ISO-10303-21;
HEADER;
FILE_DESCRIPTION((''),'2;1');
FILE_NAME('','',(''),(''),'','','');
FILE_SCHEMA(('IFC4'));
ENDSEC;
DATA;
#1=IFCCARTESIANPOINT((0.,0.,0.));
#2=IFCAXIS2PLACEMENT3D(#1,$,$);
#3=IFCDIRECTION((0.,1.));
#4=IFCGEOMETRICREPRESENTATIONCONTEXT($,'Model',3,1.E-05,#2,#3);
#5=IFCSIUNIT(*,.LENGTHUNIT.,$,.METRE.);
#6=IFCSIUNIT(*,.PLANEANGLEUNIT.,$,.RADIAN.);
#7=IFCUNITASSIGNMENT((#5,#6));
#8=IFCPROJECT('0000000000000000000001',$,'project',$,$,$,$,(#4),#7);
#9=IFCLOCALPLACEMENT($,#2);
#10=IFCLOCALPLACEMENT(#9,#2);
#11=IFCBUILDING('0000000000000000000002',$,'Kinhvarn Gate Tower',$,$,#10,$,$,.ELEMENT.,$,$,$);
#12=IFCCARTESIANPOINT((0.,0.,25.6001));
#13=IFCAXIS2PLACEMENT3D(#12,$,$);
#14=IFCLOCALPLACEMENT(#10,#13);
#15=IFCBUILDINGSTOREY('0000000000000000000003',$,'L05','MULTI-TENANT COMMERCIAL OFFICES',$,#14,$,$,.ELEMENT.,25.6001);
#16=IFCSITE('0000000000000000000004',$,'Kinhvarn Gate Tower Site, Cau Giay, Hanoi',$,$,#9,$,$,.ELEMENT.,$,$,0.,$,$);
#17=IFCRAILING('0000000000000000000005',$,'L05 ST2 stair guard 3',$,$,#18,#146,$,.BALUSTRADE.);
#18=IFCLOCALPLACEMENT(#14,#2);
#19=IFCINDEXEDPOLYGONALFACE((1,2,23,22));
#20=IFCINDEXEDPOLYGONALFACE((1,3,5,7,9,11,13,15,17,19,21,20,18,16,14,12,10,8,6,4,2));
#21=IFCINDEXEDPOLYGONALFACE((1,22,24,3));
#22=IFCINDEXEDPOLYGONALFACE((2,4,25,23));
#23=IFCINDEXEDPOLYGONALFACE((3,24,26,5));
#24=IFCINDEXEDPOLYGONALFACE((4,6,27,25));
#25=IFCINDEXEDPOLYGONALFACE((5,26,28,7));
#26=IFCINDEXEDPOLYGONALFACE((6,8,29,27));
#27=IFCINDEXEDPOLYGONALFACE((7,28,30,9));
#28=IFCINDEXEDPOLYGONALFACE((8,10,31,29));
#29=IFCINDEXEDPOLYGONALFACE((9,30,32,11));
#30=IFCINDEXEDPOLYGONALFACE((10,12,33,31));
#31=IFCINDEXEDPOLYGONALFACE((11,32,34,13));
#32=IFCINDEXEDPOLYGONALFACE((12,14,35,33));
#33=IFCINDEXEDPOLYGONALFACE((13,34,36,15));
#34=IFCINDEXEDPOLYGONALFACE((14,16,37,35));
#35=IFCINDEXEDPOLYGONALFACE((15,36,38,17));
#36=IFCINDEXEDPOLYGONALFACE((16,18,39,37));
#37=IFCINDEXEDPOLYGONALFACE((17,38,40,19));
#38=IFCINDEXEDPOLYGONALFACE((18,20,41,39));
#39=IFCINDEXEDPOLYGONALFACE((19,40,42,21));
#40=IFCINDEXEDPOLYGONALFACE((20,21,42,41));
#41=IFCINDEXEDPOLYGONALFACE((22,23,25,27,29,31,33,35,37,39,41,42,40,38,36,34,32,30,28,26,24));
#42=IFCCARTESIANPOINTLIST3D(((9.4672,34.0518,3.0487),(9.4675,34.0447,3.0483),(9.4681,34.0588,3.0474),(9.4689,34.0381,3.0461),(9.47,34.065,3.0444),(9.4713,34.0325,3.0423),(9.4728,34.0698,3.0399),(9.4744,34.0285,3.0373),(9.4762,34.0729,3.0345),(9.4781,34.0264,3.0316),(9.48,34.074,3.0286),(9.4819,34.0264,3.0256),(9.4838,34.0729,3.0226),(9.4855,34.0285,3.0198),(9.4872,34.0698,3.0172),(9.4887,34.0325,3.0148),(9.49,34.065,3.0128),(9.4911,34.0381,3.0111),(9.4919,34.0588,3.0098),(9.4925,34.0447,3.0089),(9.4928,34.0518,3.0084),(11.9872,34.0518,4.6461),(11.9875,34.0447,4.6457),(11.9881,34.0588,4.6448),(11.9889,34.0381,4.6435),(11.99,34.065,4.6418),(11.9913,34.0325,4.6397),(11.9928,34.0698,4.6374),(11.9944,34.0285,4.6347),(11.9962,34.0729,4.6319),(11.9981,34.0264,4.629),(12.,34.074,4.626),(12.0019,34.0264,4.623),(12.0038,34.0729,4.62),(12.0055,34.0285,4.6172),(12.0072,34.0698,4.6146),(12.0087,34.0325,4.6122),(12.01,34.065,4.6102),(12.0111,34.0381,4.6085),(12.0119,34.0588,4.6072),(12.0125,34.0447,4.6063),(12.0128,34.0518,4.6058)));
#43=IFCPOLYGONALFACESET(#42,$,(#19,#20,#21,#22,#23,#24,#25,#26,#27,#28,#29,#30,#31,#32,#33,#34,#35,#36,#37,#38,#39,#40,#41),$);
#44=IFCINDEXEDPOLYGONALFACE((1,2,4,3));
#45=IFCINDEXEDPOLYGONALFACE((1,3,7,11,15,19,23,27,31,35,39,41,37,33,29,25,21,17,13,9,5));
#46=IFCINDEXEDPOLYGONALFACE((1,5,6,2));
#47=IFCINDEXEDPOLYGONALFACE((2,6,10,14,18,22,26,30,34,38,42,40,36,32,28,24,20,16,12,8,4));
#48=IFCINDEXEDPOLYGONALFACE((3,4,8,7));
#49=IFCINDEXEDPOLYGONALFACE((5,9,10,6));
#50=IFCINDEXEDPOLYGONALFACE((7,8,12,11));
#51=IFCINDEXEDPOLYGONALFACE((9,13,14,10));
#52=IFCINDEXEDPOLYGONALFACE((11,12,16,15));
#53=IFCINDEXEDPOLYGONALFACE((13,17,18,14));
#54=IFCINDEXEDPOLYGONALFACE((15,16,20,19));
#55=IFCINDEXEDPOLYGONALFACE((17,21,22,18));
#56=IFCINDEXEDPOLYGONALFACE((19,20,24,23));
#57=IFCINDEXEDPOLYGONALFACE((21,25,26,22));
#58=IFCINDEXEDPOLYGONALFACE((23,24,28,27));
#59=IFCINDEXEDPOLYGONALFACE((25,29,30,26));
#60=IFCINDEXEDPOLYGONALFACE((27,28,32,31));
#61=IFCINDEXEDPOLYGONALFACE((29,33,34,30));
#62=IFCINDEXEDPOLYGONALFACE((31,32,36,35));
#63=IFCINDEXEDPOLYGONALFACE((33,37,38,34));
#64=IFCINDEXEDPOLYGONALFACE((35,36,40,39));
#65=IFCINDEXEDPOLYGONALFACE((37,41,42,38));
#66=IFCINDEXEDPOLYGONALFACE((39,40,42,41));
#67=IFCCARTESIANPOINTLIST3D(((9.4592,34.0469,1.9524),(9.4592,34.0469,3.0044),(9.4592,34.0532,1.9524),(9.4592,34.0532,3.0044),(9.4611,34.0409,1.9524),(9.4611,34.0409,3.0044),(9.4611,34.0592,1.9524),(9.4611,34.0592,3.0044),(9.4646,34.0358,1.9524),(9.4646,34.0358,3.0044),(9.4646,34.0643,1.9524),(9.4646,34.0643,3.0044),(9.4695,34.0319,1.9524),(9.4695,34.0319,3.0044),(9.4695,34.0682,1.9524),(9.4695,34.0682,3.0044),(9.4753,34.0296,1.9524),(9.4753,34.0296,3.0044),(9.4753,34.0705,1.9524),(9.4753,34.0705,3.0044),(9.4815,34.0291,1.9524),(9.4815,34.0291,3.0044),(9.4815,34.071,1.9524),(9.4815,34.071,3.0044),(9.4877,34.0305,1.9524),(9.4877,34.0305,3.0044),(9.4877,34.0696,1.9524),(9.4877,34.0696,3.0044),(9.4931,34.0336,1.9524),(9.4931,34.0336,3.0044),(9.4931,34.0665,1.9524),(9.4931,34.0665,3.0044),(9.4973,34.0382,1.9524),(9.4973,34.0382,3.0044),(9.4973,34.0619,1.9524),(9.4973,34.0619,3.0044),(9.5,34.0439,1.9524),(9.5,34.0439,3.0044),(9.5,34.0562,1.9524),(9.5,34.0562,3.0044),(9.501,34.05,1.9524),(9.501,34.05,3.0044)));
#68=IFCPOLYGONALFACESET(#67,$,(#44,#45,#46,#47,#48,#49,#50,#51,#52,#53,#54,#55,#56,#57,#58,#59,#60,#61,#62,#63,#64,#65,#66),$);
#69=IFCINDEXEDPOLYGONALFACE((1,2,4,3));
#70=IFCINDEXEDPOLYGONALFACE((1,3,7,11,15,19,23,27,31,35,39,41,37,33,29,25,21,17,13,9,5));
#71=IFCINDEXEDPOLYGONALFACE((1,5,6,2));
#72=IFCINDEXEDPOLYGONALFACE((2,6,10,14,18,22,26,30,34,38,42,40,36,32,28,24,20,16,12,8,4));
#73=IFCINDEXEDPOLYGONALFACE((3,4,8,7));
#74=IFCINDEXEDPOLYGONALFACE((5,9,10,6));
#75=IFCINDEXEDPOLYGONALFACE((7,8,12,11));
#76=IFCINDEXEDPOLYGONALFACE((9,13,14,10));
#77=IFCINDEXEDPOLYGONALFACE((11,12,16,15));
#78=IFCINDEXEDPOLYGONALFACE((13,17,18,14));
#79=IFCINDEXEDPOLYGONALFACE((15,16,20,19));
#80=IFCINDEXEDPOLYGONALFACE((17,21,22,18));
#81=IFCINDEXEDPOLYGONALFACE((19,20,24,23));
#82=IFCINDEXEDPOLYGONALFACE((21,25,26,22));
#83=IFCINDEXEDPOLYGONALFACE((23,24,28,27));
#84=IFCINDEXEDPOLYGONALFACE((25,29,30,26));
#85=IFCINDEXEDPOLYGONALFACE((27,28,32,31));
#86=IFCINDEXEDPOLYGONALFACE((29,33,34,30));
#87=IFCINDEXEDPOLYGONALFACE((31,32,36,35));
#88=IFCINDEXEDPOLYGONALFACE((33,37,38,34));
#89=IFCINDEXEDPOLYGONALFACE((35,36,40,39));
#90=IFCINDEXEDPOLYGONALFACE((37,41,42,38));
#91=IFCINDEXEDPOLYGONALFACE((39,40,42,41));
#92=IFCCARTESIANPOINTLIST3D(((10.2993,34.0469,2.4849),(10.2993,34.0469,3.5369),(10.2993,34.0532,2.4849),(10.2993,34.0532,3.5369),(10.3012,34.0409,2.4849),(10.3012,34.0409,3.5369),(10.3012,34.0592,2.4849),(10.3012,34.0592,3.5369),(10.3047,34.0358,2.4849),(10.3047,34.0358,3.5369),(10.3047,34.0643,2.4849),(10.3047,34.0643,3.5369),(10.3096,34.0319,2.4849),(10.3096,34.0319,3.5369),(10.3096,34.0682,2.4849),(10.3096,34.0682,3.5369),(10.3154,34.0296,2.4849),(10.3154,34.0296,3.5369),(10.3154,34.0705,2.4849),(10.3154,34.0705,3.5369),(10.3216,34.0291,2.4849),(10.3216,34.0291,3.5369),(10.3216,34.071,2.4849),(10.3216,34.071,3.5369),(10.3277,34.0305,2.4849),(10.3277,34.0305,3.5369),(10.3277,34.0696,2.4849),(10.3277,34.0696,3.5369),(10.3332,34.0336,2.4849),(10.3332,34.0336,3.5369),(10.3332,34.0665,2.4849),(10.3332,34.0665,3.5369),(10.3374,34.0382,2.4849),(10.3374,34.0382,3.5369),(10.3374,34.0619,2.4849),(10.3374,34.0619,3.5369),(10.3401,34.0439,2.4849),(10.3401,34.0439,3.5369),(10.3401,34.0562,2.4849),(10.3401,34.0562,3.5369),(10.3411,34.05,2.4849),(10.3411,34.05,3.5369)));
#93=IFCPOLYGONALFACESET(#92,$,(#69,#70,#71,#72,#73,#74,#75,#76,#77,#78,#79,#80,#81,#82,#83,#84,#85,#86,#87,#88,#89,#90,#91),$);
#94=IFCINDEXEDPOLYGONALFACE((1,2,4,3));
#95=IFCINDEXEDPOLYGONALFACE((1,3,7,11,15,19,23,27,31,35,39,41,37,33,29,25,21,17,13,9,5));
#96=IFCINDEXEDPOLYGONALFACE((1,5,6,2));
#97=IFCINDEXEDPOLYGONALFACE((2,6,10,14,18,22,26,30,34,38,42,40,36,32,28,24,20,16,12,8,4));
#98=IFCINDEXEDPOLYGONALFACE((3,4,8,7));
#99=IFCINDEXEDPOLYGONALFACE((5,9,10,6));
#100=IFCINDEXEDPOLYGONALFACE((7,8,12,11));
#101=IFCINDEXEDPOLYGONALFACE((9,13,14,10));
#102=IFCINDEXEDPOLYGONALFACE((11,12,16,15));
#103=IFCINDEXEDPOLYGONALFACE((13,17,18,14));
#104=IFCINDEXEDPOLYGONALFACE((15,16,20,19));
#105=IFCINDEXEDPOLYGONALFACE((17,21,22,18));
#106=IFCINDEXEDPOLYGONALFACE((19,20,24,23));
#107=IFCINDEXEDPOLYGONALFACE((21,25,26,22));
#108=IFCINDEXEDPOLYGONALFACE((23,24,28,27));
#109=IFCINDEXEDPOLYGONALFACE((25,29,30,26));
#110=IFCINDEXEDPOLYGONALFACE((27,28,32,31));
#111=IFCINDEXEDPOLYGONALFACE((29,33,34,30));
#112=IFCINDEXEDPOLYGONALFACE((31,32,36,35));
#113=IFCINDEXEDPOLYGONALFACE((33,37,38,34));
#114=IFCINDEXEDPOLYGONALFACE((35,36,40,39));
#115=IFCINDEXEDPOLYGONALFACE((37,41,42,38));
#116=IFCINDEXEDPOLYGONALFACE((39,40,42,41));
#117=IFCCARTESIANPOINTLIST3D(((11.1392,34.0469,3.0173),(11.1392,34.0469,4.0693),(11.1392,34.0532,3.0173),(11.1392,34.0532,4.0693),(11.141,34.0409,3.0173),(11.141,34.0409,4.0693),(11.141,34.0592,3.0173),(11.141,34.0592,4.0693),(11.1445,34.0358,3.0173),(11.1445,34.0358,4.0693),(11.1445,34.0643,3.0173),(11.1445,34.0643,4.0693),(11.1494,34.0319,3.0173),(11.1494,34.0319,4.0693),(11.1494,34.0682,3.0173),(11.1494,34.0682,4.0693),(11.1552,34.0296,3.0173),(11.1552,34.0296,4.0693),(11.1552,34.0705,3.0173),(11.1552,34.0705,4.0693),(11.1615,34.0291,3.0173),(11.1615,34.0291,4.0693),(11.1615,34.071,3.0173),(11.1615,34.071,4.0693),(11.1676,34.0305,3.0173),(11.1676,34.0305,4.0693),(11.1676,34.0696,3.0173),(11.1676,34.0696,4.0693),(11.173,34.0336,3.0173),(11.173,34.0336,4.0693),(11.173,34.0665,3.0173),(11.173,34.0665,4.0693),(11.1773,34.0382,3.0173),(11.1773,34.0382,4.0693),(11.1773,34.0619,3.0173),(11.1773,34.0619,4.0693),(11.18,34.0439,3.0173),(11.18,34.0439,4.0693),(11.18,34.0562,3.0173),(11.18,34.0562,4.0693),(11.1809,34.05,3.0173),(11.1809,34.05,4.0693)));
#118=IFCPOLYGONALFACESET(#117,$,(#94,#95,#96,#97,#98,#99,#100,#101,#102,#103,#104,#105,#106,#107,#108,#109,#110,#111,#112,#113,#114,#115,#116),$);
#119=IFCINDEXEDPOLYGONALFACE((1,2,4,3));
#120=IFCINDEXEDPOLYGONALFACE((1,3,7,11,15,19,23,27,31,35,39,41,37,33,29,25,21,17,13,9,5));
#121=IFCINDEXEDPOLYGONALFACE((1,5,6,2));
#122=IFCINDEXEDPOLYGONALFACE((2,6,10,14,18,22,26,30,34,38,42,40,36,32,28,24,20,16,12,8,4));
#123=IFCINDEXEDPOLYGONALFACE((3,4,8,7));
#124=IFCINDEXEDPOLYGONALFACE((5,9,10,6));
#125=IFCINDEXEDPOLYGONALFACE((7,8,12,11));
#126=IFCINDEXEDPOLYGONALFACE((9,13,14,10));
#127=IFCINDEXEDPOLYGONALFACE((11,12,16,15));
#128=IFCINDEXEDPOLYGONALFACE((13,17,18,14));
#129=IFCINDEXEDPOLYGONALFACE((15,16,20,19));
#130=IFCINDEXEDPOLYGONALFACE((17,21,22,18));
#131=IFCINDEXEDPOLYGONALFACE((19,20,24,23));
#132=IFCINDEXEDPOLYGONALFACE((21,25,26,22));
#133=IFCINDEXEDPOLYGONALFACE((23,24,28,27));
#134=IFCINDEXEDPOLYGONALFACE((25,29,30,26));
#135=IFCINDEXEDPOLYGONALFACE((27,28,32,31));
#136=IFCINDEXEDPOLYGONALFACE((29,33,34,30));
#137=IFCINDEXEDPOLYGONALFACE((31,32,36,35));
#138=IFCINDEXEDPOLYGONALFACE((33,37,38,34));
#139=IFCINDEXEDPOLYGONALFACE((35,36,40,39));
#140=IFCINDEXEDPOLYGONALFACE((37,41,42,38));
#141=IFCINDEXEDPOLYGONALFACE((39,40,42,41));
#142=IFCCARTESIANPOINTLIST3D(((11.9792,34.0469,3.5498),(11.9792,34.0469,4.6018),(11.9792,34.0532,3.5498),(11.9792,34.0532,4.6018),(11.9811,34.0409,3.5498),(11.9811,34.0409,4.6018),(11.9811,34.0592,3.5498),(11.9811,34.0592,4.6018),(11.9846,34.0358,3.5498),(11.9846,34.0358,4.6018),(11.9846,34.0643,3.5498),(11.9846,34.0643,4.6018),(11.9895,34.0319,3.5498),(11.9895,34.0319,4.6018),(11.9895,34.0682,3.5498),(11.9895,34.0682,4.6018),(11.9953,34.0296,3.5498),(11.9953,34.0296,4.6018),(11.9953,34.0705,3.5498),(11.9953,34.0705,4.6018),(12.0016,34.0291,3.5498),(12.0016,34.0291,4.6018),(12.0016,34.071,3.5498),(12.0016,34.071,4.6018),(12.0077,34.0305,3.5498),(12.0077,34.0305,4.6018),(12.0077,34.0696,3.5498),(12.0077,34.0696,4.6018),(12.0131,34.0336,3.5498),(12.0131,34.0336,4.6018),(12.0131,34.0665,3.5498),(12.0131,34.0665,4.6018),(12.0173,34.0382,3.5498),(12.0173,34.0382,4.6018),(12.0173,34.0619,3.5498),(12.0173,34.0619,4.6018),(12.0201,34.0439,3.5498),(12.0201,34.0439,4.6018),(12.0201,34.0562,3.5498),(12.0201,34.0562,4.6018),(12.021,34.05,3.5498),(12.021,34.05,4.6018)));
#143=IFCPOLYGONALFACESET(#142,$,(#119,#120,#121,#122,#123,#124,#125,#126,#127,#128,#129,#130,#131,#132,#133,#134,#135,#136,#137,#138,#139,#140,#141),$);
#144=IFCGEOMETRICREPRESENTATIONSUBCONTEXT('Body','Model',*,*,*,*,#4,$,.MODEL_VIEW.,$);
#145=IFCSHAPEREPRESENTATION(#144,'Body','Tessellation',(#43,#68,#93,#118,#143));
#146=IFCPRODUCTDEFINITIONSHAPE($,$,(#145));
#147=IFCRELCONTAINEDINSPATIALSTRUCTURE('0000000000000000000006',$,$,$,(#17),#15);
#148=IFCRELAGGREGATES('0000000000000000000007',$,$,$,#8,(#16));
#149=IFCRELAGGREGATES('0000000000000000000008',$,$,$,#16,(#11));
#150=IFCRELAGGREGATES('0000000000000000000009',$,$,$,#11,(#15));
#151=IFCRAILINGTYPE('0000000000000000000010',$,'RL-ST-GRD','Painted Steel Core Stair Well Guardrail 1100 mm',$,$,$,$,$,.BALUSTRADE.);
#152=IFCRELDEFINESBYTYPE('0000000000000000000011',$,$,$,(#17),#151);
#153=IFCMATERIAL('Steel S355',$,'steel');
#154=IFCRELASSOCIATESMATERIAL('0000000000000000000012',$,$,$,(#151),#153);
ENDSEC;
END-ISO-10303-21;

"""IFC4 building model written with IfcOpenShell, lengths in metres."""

from ifc_helpers import new_model, si_unit, direction, frame, origin, origin_2d, place, context, subcontext, project, spatial, circle, extrude, material, type_object, element, save


model = new_model("IFC4")

# Units and contexts
model_context = context("Model", 3, precision=1e-05, world=origin(), true_north=direction((0.0, 1.0)))
body_context = subcontext(model_context, "Body", "Model", "MODEL_VIEW")
ifc_project = project(units=[si_unit("LENGTHUNIT", "METRE"), si_unit("PLANEANGLEUNIT", "RADIAN")], contexts=[model_context])

# Site, building, storey
site_placement = place(None, origin())
site = spatial("IfcSite", under=ifc_project, at=site_placement, Name="Kinhvarn Gate Tower Site, Cau Giay, Hanoi", CompositionType="ELEMENT", RefElevation=0.0)
building_placement = place(site_placement, origin())
building = spatial("IfcBuilding", under=site, at=building_placement, Name="Kinhvarn Gate Tower", CompositionType="ELEMENT")
storey_placement = place(building_placement, frame((0.0, 0.0, 25.6001)))
storey = spatial("IfcBuildingStorey", under=building, at=storey_placement, Name="L05", Description="MULTI-TENANT COMMERCIAL OFFICES", CompositionType="ELEMENT", Elevation=25.6001)

# Shared definitions
ifc_material_1 = material(Name="Steel S355", Category="steel")

# Railing
railing_type_1 = type_object("IfcRailingType", Name="RL-ST-GRD", Description="Painted Steel Core Stair Well Guardrail 1100 mm", PredefinedType="BALUSTRADE", material=ifc_material_1)
railing_1_placement = place(storey_placement, frame((9.48, 34.05, 1.9524)))
element("IfcRailing", 1, at=railing_1_placement, inside=storey, type_object=railing_type_1, Name="L05 ST2 stair guard 3", PredefinedType="BALUSTRADE", context=body_context, shape_type="SweptSolid", body=[
    extrude(circle(Radius=0.0239, at=origin_2d()), frame((0.0, 0.0, 1.0762), z_axis=(0.844607, 0.0, 0.535387), x_axis=(0.0, 1.0, 0.0)), (0.0, 0.0, 1.0), 2.9836),
    extrude(circle(Radius=0.021, at=origin_2d()), origin(), (0.0, 0.0, 1.0), 1.052),
    extrude(circle(Radius=0.021, at=origin_2d()), frame((0.8401, 0.0, 0.5325)), (0.0, 0.0, 1.0), 1.052),
    extrude(circle(Radius=0.021, at=origin_2d()), frame((1.6799, 0.0, 1.0649)), (0.0, 0.0, 1.0), 1.052),
    extrude(circle(Radius=0.021, at=origin_2d()), frame((2.52, 0.0, 1.5974)), (0.0, 0.0, 1.0), 1.052),
])

save(model, "model.ifc")
